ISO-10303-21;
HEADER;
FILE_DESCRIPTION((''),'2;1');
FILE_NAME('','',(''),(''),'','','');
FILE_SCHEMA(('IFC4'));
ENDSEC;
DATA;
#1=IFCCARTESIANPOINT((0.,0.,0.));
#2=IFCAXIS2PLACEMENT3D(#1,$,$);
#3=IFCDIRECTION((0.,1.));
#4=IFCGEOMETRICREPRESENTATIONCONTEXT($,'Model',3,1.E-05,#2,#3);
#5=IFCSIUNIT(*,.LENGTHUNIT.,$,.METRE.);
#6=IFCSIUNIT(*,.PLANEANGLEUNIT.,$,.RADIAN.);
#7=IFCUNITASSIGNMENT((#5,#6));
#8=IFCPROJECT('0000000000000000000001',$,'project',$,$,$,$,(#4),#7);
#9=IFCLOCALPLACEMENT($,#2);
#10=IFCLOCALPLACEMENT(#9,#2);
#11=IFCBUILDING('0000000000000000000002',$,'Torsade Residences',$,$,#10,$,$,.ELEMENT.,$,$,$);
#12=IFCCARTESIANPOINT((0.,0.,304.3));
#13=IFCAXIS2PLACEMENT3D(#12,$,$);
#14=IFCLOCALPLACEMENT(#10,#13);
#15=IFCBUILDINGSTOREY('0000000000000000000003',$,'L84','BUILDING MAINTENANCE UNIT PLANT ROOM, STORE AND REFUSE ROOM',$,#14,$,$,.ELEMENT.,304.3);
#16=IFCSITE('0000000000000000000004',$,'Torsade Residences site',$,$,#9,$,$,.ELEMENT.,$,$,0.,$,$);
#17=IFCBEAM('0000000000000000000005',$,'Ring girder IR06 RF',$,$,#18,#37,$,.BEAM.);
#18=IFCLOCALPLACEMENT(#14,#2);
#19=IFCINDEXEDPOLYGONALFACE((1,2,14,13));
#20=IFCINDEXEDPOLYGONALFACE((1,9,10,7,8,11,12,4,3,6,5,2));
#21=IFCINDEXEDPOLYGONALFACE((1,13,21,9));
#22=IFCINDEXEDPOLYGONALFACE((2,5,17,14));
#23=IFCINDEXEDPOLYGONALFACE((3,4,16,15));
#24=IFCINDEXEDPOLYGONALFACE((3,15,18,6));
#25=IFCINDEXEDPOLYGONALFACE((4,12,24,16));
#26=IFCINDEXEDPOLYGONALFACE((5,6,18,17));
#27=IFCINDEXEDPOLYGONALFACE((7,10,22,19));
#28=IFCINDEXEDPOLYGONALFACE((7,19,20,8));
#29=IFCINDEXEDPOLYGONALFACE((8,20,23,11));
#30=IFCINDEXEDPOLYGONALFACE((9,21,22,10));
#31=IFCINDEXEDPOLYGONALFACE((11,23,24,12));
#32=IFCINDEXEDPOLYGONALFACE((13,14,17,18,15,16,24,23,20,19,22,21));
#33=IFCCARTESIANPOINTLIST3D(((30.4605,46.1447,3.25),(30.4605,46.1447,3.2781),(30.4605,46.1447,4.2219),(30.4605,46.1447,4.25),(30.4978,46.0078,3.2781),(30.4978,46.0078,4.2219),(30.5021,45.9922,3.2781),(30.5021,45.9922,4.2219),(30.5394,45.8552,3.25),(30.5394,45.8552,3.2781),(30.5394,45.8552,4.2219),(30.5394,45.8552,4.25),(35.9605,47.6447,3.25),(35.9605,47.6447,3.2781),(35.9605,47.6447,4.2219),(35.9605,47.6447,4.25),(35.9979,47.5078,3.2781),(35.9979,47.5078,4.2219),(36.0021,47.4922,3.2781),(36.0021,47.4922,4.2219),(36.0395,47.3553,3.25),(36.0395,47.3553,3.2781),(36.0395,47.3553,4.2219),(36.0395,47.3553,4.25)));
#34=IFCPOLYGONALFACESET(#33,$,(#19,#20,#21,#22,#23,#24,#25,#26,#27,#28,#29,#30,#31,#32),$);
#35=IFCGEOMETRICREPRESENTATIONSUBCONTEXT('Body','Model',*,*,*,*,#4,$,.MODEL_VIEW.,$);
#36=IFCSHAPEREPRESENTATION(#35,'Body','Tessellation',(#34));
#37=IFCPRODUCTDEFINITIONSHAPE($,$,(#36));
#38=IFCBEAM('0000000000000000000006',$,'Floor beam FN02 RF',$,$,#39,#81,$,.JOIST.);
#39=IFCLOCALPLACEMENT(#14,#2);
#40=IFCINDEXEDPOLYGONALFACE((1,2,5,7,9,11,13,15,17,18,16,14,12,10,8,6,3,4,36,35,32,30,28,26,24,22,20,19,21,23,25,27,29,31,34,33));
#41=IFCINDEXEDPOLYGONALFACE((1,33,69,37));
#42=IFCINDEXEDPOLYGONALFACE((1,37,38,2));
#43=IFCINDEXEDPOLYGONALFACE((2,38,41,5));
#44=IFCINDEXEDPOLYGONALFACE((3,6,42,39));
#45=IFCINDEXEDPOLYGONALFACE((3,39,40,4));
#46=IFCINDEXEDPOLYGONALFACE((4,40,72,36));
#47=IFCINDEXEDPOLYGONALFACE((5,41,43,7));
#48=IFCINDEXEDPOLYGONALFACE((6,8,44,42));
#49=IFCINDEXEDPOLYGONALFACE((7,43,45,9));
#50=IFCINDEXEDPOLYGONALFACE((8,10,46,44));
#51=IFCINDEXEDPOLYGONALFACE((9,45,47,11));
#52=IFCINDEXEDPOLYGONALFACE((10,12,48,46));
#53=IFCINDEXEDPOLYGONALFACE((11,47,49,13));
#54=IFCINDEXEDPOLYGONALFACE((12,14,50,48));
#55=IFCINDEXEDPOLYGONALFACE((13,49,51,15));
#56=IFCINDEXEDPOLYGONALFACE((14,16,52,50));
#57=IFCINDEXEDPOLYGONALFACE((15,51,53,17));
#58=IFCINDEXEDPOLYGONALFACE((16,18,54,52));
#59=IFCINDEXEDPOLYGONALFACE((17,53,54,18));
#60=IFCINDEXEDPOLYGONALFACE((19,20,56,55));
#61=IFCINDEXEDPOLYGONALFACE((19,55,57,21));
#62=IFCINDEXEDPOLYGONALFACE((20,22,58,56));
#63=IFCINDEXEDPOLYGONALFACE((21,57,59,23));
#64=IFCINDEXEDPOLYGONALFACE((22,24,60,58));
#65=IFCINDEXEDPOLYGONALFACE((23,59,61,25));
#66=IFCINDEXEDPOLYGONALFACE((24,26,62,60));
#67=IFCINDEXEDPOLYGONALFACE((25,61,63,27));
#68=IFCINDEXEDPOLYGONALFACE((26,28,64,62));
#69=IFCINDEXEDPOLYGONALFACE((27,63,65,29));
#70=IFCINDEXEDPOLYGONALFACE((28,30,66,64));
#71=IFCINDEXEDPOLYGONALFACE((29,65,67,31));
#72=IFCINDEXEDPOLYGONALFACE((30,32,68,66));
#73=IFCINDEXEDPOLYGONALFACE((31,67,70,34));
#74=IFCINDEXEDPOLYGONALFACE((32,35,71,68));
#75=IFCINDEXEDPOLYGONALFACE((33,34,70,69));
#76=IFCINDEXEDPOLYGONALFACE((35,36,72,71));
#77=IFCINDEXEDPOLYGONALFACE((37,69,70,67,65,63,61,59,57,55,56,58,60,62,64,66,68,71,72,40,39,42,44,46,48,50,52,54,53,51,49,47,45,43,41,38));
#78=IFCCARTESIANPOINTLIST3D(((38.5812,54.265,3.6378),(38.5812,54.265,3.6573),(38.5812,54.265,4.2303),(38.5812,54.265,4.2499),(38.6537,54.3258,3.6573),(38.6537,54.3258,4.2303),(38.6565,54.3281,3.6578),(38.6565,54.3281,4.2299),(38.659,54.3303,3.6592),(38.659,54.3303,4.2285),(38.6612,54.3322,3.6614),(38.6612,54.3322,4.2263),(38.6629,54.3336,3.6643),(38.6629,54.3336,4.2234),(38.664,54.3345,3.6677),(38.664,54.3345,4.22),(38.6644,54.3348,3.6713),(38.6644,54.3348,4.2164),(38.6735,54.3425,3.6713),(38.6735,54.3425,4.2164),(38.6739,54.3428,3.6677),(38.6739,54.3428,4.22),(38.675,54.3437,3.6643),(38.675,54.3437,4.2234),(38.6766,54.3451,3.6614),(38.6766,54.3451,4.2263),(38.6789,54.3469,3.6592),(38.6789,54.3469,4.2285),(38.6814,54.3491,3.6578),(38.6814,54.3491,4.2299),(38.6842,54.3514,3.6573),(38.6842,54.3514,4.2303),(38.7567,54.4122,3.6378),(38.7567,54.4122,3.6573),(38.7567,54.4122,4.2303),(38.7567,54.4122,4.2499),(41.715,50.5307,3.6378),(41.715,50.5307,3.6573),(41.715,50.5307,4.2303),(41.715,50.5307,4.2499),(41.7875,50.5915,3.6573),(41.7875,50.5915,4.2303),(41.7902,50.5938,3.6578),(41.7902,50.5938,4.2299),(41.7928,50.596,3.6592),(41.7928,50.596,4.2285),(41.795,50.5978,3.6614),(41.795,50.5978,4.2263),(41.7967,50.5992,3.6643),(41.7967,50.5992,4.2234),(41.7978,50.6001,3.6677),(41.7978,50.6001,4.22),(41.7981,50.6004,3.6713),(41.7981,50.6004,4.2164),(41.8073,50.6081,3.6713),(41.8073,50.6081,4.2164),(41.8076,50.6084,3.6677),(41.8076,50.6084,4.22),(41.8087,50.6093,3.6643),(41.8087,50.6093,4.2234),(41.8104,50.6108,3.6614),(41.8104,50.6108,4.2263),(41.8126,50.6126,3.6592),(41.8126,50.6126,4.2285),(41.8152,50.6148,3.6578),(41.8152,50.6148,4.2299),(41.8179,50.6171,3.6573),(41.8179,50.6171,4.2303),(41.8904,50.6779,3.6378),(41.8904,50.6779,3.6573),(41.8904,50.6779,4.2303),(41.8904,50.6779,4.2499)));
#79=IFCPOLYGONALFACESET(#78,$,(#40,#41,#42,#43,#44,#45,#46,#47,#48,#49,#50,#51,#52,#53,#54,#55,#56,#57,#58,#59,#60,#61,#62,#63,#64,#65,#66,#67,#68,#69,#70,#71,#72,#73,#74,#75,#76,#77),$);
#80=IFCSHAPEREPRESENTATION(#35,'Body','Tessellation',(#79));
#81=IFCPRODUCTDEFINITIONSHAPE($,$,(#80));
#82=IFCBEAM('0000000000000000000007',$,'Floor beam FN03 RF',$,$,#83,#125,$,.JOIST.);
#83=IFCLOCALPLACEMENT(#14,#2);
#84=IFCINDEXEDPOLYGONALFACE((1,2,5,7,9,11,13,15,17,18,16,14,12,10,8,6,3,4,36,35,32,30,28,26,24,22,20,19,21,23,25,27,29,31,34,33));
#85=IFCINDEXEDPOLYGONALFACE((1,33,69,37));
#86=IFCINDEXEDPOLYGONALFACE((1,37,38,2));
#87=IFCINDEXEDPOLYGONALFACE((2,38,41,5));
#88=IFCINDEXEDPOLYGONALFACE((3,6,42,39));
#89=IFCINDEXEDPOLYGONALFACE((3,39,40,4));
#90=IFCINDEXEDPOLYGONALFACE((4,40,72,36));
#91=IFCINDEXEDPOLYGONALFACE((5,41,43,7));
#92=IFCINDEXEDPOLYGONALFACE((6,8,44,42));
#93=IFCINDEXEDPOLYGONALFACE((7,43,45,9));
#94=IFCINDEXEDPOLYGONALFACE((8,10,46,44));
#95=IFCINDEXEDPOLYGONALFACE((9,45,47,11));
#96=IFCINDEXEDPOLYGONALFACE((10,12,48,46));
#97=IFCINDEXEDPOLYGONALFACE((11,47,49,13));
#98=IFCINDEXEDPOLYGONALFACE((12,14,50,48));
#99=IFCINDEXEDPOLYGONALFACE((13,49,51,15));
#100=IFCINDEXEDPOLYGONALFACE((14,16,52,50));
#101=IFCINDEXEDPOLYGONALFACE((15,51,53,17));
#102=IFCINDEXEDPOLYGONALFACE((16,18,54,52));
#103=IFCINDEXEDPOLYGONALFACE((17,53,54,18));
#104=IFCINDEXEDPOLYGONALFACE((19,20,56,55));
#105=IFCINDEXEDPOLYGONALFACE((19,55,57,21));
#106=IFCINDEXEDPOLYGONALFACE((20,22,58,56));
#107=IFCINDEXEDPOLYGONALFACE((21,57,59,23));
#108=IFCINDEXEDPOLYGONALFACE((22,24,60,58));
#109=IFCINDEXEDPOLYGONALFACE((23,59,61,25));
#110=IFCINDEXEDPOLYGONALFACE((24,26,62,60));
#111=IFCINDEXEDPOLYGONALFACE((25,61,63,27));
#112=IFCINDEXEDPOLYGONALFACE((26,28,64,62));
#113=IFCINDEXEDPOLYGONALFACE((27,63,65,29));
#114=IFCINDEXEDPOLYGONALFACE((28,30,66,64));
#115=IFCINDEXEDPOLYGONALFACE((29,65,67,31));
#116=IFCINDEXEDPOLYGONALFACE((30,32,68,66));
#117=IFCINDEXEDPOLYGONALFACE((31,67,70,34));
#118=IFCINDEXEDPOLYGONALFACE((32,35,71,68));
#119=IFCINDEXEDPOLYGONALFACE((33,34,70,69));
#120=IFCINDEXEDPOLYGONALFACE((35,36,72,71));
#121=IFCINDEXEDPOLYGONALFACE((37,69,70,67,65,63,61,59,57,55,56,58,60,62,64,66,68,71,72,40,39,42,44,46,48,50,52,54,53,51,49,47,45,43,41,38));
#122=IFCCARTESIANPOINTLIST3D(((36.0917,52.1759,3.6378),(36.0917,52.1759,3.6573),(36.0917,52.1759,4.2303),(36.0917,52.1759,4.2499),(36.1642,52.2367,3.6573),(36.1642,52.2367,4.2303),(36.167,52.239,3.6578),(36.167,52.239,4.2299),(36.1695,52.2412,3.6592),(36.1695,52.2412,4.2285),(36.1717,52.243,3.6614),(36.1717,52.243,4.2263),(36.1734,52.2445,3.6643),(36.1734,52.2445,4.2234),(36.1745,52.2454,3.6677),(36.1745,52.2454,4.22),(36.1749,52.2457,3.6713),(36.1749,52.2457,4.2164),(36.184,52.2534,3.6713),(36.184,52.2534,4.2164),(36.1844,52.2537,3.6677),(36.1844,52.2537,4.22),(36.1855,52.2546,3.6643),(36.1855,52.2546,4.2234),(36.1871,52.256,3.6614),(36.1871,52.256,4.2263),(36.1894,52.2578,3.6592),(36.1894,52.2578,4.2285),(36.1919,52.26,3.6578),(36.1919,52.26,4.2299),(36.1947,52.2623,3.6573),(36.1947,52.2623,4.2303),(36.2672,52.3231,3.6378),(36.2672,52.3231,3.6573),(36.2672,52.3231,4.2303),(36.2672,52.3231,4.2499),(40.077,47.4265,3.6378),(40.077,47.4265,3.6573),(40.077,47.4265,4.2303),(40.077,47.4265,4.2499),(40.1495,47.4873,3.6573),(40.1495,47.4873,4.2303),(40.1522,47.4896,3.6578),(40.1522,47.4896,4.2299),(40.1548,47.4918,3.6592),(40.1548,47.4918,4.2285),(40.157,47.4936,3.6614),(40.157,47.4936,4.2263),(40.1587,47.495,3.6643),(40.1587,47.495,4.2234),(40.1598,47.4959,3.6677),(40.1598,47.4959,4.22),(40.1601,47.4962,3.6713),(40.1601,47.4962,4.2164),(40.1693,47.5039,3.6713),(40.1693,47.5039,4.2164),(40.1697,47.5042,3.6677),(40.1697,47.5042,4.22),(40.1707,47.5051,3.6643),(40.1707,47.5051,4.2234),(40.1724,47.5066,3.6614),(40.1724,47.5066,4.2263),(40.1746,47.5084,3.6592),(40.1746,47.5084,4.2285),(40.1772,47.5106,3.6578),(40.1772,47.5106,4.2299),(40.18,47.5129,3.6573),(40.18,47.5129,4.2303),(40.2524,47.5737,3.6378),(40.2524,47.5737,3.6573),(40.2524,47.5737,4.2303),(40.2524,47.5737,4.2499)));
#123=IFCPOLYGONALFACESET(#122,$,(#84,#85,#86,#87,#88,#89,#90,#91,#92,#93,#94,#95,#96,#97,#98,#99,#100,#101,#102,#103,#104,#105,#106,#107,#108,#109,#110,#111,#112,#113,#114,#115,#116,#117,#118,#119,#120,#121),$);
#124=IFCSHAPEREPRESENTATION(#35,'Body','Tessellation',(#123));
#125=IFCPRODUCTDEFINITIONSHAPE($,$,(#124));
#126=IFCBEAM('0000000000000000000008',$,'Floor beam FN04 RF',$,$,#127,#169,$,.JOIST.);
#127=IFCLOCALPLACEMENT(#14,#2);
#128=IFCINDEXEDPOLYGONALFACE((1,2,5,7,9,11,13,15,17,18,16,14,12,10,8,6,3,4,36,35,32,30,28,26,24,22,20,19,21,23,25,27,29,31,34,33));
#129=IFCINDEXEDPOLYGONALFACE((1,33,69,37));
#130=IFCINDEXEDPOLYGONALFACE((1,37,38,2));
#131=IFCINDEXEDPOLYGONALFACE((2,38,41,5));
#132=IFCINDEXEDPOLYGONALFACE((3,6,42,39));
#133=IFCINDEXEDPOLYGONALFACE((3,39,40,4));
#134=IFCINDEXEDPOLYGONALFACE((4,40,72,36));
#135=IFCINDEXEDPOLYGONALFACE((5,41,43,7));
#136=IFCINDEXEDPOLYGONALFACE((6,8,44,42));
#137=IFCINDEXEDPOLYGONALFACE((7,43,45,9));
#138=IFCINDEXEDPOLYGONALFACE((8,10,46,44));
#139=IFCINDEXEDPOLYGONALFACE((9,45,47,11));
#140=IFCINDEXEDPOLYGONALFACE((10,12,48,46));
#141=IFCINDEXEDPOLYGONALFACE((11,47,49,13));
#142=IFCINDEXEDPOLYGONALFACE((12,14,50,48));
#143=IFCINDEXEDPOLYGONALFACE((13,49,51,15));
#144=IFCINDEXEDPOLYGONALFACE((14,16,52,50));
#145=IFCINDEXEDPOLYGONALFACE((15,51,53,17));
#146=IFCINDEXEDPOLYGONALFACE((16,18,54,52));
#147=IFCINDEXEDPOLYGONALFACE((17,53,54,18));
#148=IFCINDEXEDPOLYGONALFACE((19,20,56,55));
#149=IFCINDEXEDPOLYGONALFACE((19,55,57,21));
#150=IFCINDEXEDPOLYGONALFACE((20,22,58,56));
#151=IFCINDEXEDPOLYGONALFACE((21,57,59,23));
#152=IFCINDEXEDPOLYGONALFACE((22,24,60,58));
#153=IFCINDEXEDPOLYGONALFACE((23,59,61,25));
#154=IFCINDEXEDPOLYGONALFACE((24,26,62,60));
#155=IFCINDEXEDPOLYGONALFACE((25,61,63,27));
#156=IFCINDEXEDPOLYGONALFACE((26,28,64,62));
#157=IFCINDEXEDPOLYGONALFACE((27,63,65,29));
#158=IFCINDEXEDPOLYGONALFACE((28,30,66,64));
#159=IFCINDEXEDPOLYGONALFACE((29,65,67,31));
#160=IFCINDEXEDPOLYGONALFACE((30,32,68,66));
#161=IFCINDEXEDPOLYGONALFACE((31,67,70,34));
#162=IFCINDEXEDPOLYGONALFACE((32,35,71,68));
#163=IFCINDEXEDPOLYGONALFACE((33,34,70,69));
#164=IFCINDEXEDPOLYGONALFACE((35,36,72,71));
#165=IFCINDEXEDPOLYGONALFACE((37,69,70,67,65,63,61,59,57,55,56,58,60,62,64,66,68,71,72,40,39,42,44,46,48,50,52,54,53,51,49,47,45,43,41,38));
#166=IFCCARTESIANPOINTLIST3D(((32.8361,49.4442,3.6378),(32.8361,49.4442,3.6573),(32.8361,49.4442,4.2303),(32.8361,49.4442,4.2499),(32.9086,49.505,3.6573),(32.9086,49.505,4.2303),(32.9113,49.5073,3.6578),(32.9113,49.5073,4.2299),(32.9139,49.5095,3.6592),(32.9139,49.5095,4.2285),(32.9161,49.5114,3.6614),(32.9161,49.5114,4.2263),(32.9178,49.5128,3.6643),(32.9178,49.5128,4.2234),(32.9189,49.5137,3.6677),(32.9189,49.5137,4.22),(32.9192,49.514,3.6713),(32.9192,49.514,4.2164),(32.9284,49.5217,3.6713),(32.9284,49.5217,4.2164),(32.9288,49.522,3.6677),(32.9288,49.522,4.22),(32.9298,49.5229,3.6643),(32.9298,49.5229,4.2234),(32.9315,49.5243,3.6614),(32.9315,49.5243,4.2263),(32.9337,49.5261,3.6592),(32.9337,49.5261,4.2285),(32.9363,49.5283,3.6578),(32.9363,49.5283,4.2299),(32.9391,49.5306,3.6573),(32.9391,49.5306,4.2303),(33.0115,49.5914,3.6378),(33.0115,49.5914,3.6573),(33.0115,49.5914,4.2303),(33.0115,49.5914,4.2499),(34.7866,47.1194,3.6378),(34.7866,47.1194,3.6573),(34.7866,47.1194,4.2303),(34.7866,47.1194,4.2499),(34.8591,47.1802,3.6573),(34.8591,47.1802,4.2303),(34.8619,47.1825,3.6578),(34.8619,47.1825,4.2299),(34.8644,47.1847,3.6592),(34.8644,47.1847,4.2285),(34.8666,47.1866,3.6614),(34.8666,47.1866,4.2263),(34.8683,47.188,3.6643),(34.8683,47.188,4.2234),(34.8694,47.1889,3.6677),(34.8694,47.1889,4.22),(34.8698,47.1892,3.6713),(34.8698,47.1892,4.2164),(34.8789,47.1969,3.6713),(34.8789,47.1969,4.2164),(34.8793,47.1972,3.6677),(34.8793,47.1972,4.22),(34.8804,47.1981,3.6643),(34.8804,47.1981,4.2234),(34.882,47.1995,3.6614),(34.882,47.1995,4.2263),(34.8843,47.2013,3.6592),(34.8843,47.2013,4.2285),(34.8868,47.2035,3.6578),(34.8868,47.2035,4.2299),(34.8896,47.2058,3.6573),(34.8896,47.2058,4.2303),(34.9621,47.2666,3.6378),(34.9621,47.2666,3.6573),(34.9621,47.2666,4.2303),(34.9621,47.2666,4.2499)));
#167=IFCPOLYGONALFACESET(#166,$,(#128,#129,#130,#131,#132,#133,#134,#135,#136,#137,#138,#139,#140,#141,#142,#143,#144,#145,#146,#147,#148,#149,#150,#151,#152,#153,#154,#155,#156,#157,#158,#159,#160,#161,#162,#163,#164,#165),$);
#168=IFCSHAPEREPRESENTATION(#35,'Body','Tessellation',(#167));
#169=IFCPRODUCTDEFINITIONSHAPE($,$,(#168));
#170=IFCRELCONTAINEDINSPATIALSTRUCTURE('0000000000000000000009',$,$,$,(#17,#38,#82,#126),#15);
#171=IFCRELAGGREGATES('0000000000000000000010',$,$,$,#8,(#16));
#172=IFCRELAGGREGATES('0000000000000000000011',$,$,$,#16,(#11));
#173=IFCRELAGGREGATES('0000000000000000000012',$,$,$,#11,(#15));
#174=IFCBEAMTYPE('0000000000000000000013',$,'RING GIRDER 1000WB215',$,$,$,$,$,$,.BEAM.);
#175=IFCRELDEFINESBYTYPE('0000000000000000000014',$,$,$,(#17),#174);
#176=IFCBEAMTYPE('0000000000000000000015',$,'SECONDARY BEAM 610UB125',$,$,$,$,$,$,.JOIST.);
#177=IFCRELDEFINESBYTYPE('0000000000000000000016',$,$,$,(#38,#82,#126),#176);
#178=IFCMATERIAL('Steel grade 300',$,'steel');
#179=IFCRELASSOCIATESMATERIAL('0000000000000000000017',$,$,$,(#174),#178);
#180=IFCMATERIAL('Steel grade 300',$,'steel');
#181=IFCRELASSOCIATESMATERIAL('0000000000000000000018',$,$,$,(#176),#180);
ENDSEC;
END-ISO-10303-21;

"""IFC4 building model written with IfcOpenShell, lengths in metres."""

from ifc_helpers import new_model, si_unit, direction, frame, origin, origin_2d, place, context, subcontext, project, spatial, i_section, extrude, material, material_profile, profile_set, type_object, element, save


model = new_model("IFC4")

# Units and contexts
model_context = context("Model", 3, precision=1e-05, world=origin(), true_north=direction((0.0, 1.0)))
body_context = subcontext(model_context, "Body", "Model", "MODEL_VIEW")
ifc_project = project(units=[si_unit("LENGTHUNIT", "METRE"), si_unit("PLANEANGLEUNIT", "RADIAN")], contexts=[model_context])

# Site, building, storey
site_placement = place(None, origin())
site = spatial("IfcSite", under=ifc_project, at=site_placement, Name="Torsade Residences site", CompositionType="ELEMENT", RefElevation=0.0)
building_placement = place(site_placement, origin())
building = spatial("IfcBuilding", under=site, at=building_placement, Name="Torsade Residences", CompositionType="ELEMENT")
storey_placement = place(building_placement, frame((0.0, 0.0, 304.3)))
storey = spatial("IfcBuildingStorey", under=building, at=storey_placement, Name="L84", Description="BUILDING MAINTENANCE UNIT PLANT ROOM, STORE AND REFUSE ROOM", CompositionType="ELEMENT", Elevation=304.3)

# Beams
ifc_material_1 = material(Name="Steel grade 300", Category="steel")
ifc_material_profile_1 = material_profile(ifc_material_1, i_section(OverallWidth=0.3, OverallDepth=1.0, WebThickness=0.0161, FlangeThickness=0.0281, at=origin_2d()), Name="1000WB215")
ifc_profile_set_1 = profile_set([ifc_material_profile_1], Name="Steel grade 300")
beam_type_1 = type_object("IfcBeamType", Name="RING GIRDER 1000WB215", PredefinedType="BEAM", material=ifc_profile_set_1)
beam_1_placement = place(storey_placement, frame((36.0, 47.5, 3.75), z_axis=(-0.964764, -0.263117, 0.0), x_axis=(0.263117, -0.964764, 0.0)))
element("IfcBeam", 1, at=beam_1_placement, inside=storey, type_object=beam_type_1, Name="Ring girder IR06 RF", PredefinedType="BEAM", context=body_context, shape_type="SweptSolid", body=[
    extrude(i_section(OverallWidth=0.3, OverallDepth=1.0, WebThickness=0.0161, FlangeThickness=0.0281, at=origin_2d()), origin(), (0.0, 0.0, 1.0), 5.7009),
])
ifc_material_2 = material(Name="Steel grade 300", Category="steel")
ifc_material_profile_2 = material_profile(ifc_material_2, i_section(OverallWidth=0.229, OverallDepth=0.6121, WebThickness=0.012, FlangeThickness=0.0195, FilletRadius=0.0139, at=origin_2d()), Name="610UB125")
ifc_profile_set_2 = profile_set([ifc_material_profile_2], Name="Steel grade 300")
beam_type_2 = type_object("IfcBeamType", Name="SECONDARY BEAM 610UB125", PredefinedType="JOIST", material=ifc_profile_set_2)
beam_2_placement = place(storey_placement, frame((38.6689, 54.3386, 3.9438), z_axis=(0.642821, -0.766017, 0.0), x_axis=(0.766017, 0.642821, 0.0)))
element("IfcBeam", 2, at=beam_2_placement, inside=storey, type_object=beam_type_2, Name="Floor beam FN02 RF", PredefinedType="JOIST", context=body_context, shape_type="SweptSolid", body=[
    extrude(i_section(OverallWidth=0.229, OverallDepth=0.6121, WebThickness=0.012, FlangeThickness=0.0195, FilletRadius=0.0139, at=origin_2d()), origin(), (0.0, 0.0, 1.0), 4.875),
])
beam_3_placement = place(storey_placement, frame((36.1794, 52.2495, 3.9438), z_axis=(0.642791, -0.766041, 0.0), x_axis=(0.766041, 0.642791, 0.0)))
element("IfcBeam", 3, at=beam_3_placement, inside=storey, type_object=beam_type_2, Name="Floor beam FN03 RF", PredefinedType="JOIST", context=body_context, shape_type="SweptSolid", body=[
    extrude(i_section(OverallWidth=0.229, OverallDepth=0.6121, WebThickness=0.012, FlangeThickness=0.0195, FilletRadius=0.0139, at=origin_2d()), origin(), (0.0, 0.0, 1.0), 6.2),
])
beam_4_placement = place(storey_placement, frame((32.9238, 49.5178, 3.9438), z_axis=(0.642745, -0.76608, 0.0), x_axis=(0.76608, 0.642745, 0.0)))
element("IfcBeam", 4, at=beam_4_placement, inside=storey, type_object=beam_type_2, Name="Floor beam FN04 RF", PredefinedType="JOIST", context=body_context, shape_type="SweptSolid", body=[
    extrude(i_section(OverallWidth=0.229, OverallDepth=0.6121, WebThickness=0.012, FlangeThickness=0.0195, FilletRadius=0.0139, at=origin_2d()), origin(), (0.0, 0.0, 1.0), 3.0347),
])

save(model, "model.ifc")
